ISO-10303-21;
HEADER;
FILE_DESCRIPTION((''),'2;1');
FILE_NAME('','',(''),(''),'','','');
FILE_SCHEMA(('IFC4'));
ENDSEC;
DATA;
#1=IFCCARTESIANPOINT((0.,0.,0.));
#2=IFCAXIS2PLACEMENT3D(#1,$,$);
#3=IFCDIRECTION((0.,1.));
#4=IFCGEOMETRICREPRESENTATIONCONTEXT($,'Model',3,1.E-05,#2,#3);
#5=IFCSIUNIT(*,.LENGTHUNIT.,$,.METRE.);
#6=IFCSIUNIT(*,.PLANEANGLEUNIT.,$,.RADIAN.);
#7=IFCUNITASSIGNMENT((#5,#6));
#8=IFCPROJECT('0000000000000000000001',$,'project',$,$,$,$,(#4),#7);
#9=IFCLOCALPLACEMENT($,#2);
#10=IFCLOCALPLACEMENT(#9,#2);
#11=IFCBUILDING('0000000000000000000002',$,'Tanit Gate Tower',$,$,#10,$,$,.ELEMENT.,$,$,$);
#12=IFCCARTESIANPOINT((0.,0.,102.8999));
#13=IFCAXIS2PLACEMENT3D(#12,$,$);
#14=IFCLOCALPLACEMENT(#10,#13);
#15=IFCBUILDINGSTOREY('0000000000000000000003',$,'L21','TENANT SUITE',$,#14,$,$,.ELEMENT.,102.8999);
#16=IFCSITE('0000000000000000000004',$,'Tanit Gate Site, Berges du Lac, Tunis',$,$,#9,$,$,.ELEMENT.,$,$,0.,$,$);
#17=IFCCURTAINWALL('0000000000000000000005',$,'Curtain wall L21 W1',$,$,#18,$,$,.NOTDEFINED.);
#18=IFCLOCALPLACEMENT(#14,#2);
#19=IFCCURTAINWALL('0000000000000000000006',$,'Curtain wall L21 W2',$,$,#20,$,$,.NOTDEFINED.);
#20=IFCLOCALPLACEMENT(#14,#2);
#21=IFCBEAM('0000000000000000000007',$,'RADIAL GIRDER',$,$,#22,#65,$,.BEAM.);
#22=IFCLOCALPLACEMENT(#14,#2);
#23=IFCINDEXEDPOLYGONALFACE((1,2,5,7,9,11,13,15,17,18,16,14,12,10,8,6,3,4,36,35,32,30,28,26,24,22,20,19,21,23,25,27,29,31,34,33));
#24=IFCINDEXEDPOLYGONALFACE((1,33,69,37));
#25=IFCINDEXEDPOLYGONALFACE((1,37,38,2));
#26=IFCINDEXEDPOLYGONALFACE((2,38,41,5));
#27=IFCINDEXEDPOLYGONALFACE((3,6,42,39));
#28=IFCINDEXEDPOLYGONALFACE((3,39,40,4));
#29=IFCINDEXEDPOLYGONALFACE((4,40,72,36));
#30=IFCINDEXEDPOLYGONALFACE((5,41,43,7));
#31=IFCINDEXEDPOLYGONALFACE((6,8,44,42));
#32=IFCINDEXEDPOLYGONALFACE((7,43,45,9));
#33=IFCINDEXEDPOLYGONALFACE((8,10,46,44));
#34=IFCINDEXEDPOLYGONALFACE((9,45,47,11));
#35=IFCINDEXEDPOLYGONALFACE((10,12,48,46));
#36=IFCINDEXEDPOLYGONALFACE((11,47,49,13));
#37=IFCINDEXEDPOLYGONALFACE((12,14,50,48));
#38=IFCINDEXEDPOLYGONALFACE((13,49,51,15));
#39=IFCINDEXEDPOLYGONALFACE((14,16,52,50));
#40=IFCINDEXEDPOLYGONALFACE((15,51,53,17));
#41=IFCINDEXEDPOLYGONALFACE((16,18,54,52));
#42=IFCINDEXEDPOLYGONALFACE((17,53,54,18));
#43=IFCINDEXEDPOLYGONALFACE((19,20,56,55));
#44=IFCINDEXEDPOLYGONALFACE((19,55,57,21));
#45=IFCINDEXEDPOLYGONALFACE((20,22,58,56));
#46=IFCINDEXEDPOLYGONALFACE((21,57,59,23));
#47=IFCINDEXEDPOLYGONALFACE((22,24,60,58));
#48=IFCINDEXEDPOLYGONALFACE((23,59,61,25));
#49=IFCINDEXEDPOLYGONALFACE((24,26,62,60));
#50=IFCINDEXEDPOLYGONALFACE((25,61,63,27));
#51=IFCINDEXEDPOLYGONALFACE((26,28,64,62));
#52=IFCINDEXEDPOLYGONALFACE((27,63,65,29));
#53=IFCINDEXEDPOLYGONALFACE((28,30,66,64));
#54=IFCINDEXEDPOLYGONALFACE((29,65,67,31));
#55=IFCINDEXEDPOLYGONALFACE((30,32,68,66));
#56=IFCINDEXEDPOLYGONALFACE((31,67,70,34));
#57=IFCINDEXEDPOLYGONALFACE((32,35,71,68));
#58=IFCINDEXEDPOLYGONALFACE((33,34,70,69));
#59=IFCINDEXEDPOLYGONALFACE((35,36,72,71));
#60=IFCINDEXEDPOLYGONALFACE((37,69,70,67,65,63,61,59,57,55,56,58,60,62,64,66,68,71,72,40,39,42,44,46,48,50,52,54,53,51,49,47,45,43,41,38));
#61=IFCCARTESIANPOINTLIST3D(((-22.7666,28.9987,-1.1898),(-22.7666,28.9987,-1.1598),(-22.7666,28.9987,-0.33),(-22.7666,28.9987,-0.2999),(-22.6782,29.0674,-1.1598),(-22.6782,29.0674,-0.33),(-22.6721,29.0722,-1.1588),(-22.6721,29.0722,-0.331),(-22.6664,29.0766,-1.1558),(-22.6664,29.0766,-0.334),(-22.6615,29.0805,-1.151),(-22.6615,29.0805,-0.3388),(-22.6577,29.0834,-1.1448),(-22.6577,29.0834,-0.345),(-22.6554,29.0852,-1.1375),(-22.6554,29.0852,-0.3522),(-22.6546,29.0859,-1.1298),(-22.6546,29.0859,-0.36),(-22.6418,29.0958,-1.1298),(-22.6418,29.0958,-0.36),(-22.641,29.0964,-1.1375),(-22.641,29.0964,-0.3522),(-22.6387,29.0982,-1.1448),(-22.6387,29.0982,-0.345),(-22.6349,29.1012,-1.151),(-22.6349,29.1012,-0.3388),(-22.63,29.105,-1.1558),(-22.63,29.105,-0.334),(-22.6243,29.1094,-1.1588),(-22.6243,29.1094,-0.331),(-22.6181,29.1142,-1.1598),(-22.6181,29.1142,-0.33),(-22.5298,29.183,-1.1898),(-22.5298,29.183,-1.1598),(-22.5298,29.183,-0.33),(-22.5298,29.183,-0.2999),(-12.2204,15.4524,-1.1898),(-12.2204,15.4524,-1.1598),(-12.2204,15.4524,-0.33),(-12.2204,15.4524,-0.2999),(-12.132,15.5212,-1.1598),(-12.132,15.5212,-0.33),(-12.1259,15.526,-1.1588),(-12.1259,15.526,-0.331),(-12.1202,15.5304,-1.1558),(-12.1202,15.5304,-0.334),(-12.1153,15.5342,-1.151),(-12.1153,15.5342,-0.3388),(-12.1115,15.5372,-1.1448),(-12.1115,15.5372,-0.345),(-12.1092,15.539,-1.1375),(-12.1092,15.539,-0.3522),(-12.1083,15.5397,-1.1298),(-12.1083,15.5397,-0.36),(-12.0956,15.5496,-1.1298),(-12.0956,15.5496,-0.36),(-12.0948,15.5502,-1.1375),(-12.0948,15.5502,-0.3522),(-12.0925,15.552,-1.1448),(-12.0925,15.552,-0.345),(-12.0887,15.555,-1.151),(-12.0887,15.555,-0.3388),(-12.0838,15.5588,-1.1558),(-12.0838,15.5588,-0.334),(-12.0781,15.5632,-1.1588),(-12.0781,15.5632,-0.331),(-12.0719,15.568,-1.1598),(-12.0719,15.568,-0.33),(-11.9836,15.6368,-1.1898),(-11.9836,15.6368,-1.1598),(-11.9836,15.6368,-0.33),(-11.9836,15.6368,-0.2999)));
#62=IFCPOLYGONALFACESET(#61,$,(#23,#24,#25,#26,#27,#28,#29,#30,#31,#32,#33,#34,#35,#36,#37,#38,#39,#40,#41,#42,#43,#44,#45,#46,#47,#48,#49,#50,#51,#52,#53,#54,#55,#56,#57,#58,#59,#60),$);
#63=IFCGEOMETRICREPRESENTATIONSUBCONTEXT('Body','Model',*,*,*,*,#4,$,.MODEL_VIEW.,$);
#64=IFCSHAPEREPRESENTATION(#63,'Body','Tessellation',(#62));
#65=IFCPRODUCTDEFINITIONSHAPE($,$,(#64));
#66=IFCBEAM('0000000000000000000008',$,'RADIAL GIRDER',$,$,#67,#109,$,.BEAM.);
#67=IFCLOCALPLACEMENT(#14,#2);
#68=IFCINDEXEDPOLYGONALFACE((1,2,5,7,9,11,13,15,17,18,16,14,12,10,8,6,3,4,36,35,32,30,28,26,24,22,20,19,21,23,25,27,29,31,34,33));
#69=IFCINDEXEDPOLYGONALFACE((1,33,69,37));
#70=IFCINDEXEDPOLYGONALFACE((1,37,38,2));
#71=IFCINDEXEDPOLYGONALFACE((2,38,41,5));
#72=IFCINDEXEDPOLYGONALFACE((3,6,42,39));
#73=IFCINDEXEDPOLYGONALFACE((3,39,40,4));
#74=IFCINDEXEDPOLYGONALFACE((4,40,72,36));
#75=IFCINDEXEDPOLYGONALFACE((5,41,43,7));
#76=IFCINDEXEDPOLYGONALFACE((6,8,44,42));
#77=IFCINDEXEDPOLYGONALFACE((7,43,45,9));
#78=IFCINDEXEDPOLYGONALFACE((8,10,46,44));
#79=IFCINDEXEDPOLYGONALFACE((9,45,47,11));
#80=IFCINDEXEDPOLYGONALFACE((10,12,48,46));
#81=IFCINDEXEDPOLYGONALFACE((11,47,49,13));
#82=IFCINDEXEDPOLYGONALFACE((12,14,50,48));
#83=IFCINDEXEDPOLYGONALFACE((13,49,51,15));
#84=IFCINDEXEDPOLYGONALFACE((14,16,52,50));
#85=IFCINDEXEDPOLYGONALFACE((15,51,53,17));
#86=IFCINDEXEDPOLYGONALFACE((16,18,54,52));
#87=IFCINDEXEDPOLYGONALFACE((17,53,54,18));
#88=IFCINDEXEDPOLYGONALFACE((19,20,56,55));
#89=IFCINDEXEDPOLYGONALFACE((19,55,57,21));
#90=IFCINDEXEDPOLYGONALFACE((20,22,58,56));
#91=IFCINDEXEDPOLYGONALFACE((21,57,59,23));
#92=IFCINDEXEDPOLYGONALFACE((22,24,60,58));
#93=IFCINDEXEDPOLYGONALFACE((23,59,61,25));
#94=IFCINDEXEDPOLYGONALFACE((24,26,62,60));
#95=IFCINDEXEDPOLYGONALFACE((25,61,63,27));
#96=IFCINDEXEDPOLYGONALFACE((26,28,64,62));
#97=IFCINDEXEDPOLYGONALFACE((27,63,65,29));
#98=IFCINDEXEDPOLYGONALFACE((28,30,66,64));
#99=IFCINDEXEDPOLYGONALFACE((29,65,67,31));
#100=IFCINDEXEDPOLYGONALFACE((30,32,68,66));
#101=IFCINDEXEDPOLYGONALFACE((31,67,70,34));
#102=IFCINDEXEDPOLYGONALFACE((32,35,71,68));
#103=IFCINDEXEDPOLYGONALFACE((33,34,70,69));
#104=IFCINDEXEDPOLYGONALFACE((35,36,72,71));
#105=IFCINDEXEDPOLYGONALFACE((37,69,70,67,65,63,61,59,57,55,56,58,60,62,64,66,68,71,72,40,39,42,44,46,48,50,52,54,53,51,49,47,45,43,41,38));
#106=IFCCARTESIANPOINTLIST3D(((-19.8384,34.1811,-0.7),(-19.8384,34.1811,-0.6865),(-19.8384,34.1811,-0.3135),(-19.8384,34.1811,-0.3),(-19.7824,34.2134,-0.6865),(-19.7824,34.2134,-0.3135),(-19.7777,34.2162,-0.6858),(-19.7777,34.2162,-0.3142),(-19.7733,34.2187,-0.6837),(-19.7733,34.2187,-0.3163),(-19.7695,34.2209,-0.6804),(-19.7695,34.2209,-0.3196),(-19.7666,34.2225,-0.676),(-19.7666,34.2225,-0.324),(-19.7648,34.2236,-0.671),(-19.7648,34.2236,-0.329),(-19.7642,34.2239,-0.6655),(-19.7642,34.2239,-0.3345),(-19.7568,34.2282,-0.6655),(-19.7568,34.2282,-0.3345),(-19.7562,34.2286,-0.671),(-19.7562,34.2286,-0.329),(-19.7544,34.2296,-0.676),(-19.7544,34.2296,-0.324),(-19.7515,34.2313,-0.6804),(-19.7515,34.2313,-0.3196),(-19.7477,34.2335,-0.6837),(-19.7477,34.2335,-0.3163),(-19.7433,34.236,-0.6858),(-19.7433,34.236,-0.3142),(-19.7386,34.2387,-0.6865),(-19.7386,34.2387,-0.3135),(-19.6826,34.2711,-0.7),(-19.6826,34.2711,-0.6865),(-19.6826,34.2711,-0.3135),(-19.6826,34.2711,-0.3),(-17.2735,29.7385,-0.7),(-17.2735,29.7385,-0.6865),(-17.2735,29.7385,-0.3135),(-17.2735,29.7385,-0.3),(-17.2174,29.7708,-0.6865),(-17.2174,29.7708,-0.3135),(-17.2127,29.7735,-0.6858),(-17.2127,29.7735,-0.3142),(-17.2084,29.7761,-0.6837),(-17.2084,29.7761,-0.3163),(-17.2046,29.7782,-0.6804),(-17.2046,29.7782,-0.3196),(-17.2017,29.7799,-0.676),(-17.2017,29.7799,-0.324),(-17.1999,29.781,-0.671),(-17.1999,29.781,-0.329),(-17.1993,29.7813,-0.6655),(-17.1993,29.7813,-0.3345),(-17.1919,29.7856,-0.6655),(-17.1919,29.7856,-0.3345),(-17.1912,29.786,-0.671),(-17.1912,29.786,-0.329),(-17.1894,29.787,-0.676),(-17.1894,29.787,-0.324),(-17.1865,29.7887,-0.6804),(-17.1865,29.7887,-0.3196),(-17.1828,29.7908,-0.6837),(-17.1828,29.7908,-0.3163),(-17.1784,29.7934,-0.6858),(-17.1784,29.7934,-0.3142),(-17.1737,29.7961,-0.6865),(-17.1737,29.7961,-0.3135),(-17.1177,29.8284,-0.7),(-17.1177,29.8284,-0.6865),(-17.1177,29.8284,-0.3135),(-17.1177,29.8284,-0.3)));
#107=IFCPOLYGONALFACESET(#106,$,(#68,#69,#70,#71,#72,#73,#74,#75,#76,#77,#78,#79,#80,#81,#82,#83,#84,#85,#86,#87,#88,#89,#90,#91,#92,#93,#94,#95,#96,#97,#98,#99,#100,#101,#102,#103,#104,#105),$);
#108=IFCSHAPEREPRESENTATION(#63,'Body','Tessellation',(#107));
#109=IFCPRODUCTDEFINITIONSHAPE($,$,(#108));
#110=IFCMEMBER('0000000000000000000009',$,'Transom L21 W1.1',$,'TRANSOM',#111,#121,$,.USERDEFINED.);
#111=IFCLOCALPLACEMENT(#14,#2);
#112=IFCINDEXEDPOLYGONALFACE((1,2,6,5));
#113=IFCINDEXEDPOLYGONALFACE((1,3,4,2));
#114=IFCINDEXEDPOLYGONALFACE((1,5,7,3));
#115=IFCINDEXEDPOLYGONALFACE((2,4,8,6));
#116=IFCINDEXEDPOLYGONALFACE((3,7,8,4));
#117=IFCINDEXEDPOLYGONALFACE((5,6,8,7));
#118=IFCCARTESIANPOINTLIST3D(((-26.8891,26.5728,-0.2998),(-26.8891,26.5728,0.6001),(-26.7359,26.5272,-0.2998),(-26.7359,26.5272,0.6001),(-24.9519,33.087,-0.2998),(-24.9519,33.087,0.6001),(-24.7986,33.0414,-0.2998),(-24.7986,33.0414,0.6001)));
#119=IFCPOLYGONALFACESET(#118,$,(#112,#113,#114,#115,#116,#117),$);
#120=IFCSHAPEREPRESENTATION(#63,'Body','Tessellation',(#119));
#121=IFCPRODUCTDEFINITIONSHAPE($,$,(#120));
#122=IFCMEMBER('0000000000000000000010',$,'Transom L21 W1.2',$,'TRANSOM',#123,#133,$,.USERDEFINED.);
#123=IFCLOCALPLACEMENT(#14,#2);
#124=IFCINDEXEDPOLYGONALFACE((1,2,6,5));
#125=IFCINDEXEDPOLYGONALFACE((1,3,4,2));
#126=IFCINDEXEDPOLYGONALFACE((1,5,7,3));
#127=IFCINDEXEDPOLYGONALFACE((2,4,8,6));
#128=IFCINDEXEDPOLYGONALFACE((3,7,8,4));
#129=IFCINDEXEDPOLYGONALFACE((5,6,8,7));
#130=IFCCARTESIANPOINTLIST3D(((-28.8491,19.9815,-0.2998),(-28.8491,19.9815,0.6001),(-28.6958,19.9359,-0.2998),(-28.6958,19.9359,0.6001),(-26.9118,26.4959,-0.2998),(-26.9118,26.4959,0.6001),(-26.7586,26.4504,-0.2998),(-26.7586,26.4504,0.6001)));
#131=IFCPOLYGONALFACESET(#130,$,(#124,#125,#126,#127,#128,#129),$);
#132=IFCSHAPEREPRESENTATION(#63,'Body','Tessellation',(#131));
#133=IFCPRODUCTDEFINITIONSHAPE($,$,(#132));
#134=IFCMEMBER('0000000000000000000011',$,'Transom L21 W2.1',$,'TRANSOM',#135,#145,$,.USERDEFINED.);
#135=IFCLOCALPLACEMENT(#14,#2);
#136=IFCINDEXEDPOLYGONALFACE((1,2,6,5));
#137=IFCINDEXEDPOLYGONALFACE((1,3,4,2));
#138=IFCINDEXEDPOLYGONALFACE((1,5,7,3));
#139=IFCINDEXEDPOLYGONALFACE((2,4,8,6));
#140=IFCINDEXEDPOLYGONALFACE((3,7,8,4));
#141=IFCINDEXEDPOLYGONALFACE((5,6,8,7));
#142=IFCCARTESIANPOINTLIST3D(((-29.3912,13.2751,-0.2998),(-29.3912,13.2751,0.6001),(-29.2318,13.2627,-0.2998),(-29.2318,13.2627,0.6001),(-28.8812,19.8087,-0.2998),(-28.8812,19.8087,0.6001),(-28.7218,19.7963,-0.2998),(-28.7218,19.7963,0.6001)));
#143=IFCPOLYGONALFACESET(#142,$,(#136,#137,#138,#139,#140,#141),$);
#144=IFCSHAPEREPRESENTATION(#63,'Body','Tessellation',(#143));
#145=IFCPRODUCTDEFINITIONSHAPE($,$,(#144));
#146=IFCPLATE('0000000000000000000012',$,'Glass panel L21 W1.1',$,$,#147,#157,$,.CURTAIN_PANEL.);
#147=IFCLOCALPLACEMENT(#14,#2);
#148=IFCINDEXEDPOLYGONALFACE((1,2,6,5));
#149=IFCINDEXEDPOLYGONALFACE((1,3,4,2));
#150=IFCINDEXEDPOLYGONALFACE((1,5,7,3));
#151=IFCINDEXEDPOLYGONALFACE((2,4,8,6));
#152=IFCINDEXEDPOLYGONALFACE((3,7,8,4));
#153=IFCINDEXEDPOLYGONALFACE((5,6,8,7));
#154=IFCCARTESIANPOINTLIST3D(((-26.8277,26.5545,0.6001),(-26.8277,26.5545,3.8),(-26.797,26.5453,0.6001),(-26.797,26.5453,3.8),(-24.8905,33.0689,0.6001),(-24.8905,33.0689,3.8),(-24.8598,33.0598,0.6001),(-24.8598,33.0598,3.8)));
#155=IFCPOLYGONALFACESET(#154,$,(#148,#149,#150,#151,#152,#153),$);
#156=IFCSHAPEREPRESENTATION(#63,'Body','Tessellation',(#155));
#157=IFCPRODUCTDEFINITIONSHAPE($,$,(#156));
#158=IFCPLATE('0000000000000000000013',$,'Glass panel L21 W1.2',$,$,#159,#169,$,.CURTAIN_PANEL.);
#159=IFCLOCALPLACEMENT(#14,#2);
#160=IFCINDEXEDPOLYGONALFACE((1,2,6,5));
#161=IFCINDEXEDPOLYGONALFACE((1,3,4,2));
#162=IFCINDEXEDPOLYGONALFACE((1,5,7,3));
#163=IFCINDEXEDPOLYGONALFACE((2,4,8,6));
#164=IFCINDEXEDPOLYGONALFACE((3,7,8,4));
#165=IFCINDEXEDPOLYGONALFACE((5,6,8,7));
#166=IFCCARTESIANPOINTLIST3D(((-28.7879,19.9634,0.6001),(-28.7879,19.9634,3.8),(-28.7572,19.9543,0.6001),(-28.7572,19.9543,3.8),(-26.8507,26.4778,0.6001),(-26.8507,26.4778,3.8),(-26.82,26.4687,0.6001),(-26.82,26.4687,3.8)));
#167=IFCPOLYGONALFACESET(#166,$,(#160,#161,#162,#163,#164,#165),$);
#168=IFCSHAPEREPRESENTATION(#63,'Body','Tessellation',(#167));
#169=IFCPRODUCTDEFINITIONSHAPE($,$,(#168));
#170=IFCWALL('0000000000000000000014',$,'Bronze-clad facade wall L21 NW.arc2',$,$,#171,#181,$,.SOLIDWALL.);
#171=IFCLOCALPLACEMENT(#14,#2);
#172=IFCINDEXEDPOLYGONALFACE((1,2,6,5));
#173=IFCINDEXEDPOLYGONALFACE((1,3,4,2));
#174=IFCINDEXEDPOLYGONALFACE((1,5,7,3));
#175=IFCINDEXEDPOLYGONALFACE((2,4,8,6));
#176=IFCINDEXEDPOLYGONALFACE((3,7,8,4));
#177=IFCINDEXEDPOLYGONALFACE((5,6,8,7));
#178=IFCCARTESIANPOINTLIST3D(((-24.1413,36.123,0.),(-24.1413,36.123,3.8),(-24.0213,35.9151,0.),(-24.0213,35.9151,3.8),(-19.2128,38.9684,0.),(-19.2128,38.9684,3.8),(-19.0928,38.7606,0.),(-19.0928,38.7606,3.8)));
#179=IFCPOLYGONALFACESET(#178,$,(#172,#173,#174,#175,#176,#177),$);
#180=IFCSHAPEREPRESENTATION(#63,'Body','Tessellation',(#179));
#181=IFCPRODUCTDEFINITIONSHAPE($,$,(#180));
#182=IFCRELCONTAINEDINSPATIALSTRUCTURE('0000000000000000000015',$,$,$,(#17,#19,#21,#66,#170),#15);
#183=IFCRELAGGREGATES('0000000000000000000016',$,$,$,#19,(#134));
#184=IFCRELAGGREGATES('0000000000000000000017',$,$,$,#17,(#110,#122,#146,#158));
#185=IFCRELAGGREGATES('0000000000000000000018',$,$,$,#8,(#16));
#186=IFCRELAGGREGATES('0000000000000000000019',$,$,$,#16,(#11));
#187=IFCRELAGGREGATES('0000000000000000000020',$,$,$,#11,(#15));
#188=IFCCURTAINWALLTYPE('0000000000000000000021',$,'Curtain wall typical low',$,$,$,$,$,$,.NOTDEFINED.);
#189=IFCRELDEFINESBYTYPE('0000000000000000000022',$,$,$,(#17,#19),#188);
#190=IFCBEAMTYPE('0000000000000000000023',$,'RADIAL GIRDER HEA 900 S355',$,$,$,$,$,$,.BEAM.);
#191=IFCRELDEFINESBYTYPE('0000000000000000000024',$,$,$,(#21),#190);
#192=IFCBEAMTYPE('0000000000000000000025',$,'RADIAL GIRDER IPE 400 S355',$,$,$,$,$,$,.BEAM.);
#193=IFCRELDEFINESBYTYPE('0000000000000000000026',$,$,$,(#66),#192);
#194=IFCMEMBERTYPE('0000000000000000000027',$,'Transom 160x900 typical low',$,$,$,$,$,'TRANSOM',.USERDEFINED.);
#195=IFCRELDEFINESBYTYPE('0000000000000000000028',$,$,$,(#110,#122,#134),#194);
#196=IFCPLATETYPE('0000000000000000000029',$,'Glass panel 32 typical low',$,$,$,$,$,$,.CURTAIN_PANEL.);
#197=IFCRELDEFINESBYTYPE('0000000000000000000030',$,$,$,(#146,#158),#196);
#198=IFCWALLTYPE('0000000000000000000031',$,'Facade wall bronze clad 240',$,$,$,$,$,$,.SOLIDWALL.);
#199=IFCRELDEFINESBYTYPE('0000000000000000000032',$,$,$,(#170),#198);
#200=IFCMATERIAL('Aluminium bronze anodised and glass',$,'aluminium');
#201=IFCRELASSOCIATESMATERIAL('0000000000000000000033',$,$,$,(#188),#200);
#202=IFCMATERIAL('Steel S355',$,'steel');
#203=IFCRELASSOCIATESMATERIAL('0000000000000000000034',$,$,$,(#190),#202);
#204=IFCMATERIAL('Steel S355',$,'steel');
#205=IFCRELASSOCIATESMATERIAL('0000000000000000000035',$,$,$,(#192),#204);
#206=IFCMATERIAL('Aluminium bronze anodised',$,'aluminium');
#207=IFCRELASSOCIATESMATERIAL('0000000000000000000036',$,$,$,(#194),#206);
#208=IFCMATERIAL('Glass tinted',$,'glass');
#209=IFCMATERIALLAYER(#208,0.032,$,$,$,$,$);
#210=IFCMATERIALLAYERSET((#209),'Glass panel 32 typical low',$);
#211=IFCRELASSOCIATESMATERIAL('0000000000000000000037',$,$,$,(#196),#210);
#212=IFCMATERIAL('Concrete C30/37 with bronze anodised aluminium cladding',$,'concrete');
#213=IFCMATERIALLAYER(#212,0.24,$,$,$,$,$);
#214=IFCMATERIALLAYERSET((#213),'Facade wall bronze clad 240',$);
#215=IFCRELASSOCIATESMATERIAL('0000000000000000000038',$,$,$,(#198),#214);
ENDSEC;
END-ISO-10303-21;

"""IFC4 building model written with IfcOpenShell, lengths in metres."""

from ifc_helpers import new_model, si_unit, direction, frame, frame_2d, origin, origin_2d, place, context, subcontext, project, spatial, rectangle, i_section, extrude, material, layer, layer_set, material_profile, profile_set, type_object, element, aggregate, save


model = new_model("IFC4")

# Units and contexts
model_context = context("Model", 3, precision=1e-05, world=origin(), true_north=direction((0.0, 1.0)))
body_context = subcontext(model_context, "Body", "Model", "MODEL_VIEW")
ifc_project = project(units=[si_unit("LENGTHUNIT", "METRE"), si_unit("PLANEANGLEUNIT", "RADIAN")], contexts=[model_context])

# Site, building, storey
site_placement = place(None, origin())
site = spatial("IfcSite", under=ifc_project, at=site_placement, Name="Tanit Gate Site, Berges du Lac, Tunis", CompositionType="ELEMENT", RefElevation=0.0)
building_placement = place(site_placement, origin())
building = spatial("IfcBuilding", under=site, at=building_placement, Name="Tanit Gate Tower", CompositionType="ELEMENT")
storey_placement = place(building_placement, frame((0.0, 0.0, 102.8999)))
storey = spatial("IfcBuildingStorey", under=building, at=storey_placement, Name="L21", Description="TENANT SUITE", CompositionType="ELEMENT", Elevation=102.8999)

# Curtain walls
ifc_material_1 = material(Name="Aluminium bronze anodised and glass", Category="aluminium")
curtain_wall_type = type_object("IfcCurtainWallType", Name="Curtain wall typical low", PredefinedType="NOTDEFINED", material=ifc_material_1)
curtain_wall_1_placement = place(storey_placement, origin())
curtain_wall_1 = element("IfcCurtainWall", 1, at=curtain_wall_1_placement, inside=storey, type_object=curtain_wall_type, Name="Curtain wall L21 W1", PredefinedType="NOTDEFINED")
curtain_wall_2_placement = place(storey_placement, origin())
curtain_wall_2 = element("IfcCurtainWall", 2, at=curtain_wall_2_placement, inside=storey, type_object=curtain_wall_type, Name="Curtain wall L21 W2", PredefinedType="NOTDEFINED")

# Beams
ifc_material_2 = material(Name="Steel S355", Category="steel")
ifc_material_profile_1 = material_profile(ifc_material_2, i_section(OverallWidth=0.3, OverallDepth=0.8899, WebThickness=0.0161, FlangeThickness=0.03, FilletRadius=0.03, at=origin_2d()), Name="HEA 900")
ifc_profile_set_1 = profile_set([ifc_material_profile_1], Name="Steel S355")
beam_type_1 = type_object("IfcBeamType", Name="RADIAL GIRDER HEA 900 S355", PredefinedType="BEAM", material=ifc_profile_set_1)
beam_1_placement = place(storey_placement, frame((-22.6482, 29.0908, -0.7449), z_axis=(0.614313, -0.789063, 0.0), x_axis=(0.789063, 0.614313, 0.0)))
element("IfcBeam", 3, at=beam_1_placement, inside=storey, type_object=beam_type_1, Name="RADIAL GIRDER", PredefinedType="BEAM", context=body_context, shape_type="SweptSolid", body=[
    extrude(i_section(OverallWidth=0.3, OverallDepth=0.8899, WebThickness=0.0161, FlangeThickness=0.03, FilletRadius=0.03, at=origin_2d()), origin(), (0.0, 0.0, 1.0), 17.1675),
])
ifc_material_3 = material(Name="Steel S355", Category="steel")
ifc_material_profile_2 = material_profile(ifc_material_3, i_section(OverallWidth=0.1799, OverallDepth=0.3999, WebThickness=0.0085, FlangeThickness=0.0134, FilletRadius=0.021, at=origin_2d()), Name="IPE 400")
ifc_profile_set_2 = profile_set([ifc_material_profile_2], Name="Steel S355")
beam_type_2 = type_object("IfcBeamType", Name="RADIAL GIRDER IPE 400 S355", PredefinedType="BEAM", material=ifc_profile_set_2)
beam_2_placement = place(storey_placement, frame((-19.7605, 34.2261, -0.5), z_axis=(0.499998, -0.866026, 0.0), x_axis=(0.866026, 0.499998, 0.0)))
element("IfcBeam", 4, at=beam_2_placement, inside=storey, type_object=beam_type_2, Name="RADIAL GIRDER", PredefinedType="BEAM", context=body_context, shape_type="SweptSolid", body=[
    extrude(i_section(OverallWidth=0.1799, OverallDepth=0.3999, WebThickness=0.0085, FlangeThickness=0.0134, FilletRadius=0.021, at=origin_2d()), origin(), (0.0, 0.0, 1.0), 5.1299),
])

# Members
ifc_material_4 = material(Name="Aluminium bronze anodised", Category="aluminium")
ifc_material_profile_3 = material_profile(ifc_material_4, rectangle(XDim=0.1599, YDim=0.8999, at=origin_2d()), Name="160x900 bronze transom")
ifc_profile_set_3 = profile_set([ifc_material_profile_3], Name="Aluminium bronze anodised")
member_type_1 = type_object("IfcMemberType", Name="Transom 160x900 typical low", ElementType="TRANSOM", PredefinedType="USERDEFINED", material=ifc_profile_set_3)
member_1_placement = place(storey_placement, frame((-24.8752, 33.0642, 0.1501), z_axis=(-0.285053, -0.958512, 0.0), x_axis=(0.958512, -0.285053, 0.0)))
member_1 = element("IfcMember", 5, at=member_1_placement, type_object=member_type_1, Name="Transom L21 W1.1", ObjectType="TRANSOM", PredefinedType="USERDEFINED", context=body_context, shape_type="SweptSolid", body=[
    extrude(rectangle(XDim=0.1599, YDim=0.8999, at=origin_2d()), origin(), (0.0, 0.0, 1.0), 6.7961),
])
member_2_placement = place(storey_placement, frame((-26.8352, 26.4731, 0.1501), z_axis=(-0.285043, -0.958515, 0.0), x_axis=(0.958515, -0.285043, 0.0)))
member_2 = element("IfcMember", 6, at=member_2_placement, type_object=member_type_1, Name="Transom L21 W1.2", ObjectType="TRANSOM", PredefinedType="USERDEFINED", context=body_context, shape_type="SweptSolid", body=[
    extrude(rectangle(XDim=0.1599, YDim=0.8999, at=origin_2d()), origin(), (0.0, 0.0, 1.0), 6.7964),
])
member_3_placement = place(storey_placement, frame((-28.8015, 19.8025, 0.1501), z_axis=(-0.077822, -0.996967, 0.0), x_axis=(0.996967, -0.077822, 0.0)))
member_3 = element("IfcMember", 7, at=member_3_placement, type_object=member_type_1, Name="Transom L21 W2.1", ObjectType="TRANSOM", PredefinedType="USERDEFINED", context=body_context, shape_type="SweptSolid", body=[
    extrude(rectangle(XDim=0.1599, YDim=0.8999, at=origin_2d()), origin(), (0.0, 0.0, 1.0), 6.5535),
])
aggregate(curtain_wall_2, [member_3])

# Plates
ifc_material_5 = material(Name="Glass tinted", Category="glass")
ifc_layer_1 = layer(ifc_material_5, 0.032)
ifc_layer_set_1 = layer_set([ifc_layer_1], Name="Glass panel 32 typical low")
plate_type = type_object("IfcPlateType", Name="Glass panel 32 typical low", PredefinedType="CURTAIN_PANEL", material=ifc_layer_set_1)
plate_1_placement = place(storey_placement, frame((-25.8438, 29.8071, 0.6001), z_axis=(0.0, 0.0, 1.0), x_axis=(-0.285037, -0.958517, 0.0)))
plate_1 = element("IfcPlate", 8, at=plate_1_placement, type_object=plate_type, Name="Glass panel L21 W1.1", PredefinedType="CURTAIN_PANEL", context=body_context, shape_type="SweptSolid", body=[
    extrude(rectangle(XDim=6.7964, YDim=0.032, at=origin_2d()), origin(), (0.0, 0.0, 1.0), 3.2),
])
plate_2_placement = place(storey_placement, frame((-27.804, 23.2161, 0.6001), z_axis=(0.0, 0.0, 1.0), x_axis=(-0.285037, -0.958517, 0.0)))
plate_2 = element("IfcPlate", 9, at=plate_2_placement, type_object=plate_type, Name="Glass panel L21 W1.2", PredefinedType="CURTAIN_PANEL", context=body_context, shape_type="SweptSolid", body=[
    extrude(rectangle(XDim=6.7964, YDim=0.032, at=origin_2d()), origin(), (0.0, 0.0, 1.0), 3.2),
])
aggregate(curtain_wall_1, [member_1, member_2, plate_1, plate_2])

# Wall
ifc_material_6 = material(Name="Concrete C30/37 with bronze anodised aluminium cladding", Category="concrete")
ifc_layer_2 = layer(ifc_material_6, 0.24)
ifc_layer_set_2 = layer_set([ifc_layer_2], Name="Facade wall bronze clad 240")
wall_type_1 = type_object("IfcWallType", Name="Facade wall bronze clad 240", PredefinedType="SOLIDWALL", material=ifc_layer_set_2)
wall_1_placement = place(storey_placement, frame((-19.1528, 38.8645, 0.0), z_axis=(0.0, 0.0, 1.0), x_axis=(-0.866025, -0.500001, 0.0)))
element("IfcWall", 10, at=wall_1_placement, inside=storey, type_object=wall_type_1, Name="Bronze-clad facade wall L21 NW.arc2", PredefinedType="SOLIDWALL", context=body_context, shape_type="SweptSolid", body=[
    extrude(rectangle(XDim=5.6909, YDim=0.24, at=frame_2d((2.8455, 0.0))), origin(), (0.0, 0.0, 1.0), 3.8),
])

save(model, "model.ifc")
